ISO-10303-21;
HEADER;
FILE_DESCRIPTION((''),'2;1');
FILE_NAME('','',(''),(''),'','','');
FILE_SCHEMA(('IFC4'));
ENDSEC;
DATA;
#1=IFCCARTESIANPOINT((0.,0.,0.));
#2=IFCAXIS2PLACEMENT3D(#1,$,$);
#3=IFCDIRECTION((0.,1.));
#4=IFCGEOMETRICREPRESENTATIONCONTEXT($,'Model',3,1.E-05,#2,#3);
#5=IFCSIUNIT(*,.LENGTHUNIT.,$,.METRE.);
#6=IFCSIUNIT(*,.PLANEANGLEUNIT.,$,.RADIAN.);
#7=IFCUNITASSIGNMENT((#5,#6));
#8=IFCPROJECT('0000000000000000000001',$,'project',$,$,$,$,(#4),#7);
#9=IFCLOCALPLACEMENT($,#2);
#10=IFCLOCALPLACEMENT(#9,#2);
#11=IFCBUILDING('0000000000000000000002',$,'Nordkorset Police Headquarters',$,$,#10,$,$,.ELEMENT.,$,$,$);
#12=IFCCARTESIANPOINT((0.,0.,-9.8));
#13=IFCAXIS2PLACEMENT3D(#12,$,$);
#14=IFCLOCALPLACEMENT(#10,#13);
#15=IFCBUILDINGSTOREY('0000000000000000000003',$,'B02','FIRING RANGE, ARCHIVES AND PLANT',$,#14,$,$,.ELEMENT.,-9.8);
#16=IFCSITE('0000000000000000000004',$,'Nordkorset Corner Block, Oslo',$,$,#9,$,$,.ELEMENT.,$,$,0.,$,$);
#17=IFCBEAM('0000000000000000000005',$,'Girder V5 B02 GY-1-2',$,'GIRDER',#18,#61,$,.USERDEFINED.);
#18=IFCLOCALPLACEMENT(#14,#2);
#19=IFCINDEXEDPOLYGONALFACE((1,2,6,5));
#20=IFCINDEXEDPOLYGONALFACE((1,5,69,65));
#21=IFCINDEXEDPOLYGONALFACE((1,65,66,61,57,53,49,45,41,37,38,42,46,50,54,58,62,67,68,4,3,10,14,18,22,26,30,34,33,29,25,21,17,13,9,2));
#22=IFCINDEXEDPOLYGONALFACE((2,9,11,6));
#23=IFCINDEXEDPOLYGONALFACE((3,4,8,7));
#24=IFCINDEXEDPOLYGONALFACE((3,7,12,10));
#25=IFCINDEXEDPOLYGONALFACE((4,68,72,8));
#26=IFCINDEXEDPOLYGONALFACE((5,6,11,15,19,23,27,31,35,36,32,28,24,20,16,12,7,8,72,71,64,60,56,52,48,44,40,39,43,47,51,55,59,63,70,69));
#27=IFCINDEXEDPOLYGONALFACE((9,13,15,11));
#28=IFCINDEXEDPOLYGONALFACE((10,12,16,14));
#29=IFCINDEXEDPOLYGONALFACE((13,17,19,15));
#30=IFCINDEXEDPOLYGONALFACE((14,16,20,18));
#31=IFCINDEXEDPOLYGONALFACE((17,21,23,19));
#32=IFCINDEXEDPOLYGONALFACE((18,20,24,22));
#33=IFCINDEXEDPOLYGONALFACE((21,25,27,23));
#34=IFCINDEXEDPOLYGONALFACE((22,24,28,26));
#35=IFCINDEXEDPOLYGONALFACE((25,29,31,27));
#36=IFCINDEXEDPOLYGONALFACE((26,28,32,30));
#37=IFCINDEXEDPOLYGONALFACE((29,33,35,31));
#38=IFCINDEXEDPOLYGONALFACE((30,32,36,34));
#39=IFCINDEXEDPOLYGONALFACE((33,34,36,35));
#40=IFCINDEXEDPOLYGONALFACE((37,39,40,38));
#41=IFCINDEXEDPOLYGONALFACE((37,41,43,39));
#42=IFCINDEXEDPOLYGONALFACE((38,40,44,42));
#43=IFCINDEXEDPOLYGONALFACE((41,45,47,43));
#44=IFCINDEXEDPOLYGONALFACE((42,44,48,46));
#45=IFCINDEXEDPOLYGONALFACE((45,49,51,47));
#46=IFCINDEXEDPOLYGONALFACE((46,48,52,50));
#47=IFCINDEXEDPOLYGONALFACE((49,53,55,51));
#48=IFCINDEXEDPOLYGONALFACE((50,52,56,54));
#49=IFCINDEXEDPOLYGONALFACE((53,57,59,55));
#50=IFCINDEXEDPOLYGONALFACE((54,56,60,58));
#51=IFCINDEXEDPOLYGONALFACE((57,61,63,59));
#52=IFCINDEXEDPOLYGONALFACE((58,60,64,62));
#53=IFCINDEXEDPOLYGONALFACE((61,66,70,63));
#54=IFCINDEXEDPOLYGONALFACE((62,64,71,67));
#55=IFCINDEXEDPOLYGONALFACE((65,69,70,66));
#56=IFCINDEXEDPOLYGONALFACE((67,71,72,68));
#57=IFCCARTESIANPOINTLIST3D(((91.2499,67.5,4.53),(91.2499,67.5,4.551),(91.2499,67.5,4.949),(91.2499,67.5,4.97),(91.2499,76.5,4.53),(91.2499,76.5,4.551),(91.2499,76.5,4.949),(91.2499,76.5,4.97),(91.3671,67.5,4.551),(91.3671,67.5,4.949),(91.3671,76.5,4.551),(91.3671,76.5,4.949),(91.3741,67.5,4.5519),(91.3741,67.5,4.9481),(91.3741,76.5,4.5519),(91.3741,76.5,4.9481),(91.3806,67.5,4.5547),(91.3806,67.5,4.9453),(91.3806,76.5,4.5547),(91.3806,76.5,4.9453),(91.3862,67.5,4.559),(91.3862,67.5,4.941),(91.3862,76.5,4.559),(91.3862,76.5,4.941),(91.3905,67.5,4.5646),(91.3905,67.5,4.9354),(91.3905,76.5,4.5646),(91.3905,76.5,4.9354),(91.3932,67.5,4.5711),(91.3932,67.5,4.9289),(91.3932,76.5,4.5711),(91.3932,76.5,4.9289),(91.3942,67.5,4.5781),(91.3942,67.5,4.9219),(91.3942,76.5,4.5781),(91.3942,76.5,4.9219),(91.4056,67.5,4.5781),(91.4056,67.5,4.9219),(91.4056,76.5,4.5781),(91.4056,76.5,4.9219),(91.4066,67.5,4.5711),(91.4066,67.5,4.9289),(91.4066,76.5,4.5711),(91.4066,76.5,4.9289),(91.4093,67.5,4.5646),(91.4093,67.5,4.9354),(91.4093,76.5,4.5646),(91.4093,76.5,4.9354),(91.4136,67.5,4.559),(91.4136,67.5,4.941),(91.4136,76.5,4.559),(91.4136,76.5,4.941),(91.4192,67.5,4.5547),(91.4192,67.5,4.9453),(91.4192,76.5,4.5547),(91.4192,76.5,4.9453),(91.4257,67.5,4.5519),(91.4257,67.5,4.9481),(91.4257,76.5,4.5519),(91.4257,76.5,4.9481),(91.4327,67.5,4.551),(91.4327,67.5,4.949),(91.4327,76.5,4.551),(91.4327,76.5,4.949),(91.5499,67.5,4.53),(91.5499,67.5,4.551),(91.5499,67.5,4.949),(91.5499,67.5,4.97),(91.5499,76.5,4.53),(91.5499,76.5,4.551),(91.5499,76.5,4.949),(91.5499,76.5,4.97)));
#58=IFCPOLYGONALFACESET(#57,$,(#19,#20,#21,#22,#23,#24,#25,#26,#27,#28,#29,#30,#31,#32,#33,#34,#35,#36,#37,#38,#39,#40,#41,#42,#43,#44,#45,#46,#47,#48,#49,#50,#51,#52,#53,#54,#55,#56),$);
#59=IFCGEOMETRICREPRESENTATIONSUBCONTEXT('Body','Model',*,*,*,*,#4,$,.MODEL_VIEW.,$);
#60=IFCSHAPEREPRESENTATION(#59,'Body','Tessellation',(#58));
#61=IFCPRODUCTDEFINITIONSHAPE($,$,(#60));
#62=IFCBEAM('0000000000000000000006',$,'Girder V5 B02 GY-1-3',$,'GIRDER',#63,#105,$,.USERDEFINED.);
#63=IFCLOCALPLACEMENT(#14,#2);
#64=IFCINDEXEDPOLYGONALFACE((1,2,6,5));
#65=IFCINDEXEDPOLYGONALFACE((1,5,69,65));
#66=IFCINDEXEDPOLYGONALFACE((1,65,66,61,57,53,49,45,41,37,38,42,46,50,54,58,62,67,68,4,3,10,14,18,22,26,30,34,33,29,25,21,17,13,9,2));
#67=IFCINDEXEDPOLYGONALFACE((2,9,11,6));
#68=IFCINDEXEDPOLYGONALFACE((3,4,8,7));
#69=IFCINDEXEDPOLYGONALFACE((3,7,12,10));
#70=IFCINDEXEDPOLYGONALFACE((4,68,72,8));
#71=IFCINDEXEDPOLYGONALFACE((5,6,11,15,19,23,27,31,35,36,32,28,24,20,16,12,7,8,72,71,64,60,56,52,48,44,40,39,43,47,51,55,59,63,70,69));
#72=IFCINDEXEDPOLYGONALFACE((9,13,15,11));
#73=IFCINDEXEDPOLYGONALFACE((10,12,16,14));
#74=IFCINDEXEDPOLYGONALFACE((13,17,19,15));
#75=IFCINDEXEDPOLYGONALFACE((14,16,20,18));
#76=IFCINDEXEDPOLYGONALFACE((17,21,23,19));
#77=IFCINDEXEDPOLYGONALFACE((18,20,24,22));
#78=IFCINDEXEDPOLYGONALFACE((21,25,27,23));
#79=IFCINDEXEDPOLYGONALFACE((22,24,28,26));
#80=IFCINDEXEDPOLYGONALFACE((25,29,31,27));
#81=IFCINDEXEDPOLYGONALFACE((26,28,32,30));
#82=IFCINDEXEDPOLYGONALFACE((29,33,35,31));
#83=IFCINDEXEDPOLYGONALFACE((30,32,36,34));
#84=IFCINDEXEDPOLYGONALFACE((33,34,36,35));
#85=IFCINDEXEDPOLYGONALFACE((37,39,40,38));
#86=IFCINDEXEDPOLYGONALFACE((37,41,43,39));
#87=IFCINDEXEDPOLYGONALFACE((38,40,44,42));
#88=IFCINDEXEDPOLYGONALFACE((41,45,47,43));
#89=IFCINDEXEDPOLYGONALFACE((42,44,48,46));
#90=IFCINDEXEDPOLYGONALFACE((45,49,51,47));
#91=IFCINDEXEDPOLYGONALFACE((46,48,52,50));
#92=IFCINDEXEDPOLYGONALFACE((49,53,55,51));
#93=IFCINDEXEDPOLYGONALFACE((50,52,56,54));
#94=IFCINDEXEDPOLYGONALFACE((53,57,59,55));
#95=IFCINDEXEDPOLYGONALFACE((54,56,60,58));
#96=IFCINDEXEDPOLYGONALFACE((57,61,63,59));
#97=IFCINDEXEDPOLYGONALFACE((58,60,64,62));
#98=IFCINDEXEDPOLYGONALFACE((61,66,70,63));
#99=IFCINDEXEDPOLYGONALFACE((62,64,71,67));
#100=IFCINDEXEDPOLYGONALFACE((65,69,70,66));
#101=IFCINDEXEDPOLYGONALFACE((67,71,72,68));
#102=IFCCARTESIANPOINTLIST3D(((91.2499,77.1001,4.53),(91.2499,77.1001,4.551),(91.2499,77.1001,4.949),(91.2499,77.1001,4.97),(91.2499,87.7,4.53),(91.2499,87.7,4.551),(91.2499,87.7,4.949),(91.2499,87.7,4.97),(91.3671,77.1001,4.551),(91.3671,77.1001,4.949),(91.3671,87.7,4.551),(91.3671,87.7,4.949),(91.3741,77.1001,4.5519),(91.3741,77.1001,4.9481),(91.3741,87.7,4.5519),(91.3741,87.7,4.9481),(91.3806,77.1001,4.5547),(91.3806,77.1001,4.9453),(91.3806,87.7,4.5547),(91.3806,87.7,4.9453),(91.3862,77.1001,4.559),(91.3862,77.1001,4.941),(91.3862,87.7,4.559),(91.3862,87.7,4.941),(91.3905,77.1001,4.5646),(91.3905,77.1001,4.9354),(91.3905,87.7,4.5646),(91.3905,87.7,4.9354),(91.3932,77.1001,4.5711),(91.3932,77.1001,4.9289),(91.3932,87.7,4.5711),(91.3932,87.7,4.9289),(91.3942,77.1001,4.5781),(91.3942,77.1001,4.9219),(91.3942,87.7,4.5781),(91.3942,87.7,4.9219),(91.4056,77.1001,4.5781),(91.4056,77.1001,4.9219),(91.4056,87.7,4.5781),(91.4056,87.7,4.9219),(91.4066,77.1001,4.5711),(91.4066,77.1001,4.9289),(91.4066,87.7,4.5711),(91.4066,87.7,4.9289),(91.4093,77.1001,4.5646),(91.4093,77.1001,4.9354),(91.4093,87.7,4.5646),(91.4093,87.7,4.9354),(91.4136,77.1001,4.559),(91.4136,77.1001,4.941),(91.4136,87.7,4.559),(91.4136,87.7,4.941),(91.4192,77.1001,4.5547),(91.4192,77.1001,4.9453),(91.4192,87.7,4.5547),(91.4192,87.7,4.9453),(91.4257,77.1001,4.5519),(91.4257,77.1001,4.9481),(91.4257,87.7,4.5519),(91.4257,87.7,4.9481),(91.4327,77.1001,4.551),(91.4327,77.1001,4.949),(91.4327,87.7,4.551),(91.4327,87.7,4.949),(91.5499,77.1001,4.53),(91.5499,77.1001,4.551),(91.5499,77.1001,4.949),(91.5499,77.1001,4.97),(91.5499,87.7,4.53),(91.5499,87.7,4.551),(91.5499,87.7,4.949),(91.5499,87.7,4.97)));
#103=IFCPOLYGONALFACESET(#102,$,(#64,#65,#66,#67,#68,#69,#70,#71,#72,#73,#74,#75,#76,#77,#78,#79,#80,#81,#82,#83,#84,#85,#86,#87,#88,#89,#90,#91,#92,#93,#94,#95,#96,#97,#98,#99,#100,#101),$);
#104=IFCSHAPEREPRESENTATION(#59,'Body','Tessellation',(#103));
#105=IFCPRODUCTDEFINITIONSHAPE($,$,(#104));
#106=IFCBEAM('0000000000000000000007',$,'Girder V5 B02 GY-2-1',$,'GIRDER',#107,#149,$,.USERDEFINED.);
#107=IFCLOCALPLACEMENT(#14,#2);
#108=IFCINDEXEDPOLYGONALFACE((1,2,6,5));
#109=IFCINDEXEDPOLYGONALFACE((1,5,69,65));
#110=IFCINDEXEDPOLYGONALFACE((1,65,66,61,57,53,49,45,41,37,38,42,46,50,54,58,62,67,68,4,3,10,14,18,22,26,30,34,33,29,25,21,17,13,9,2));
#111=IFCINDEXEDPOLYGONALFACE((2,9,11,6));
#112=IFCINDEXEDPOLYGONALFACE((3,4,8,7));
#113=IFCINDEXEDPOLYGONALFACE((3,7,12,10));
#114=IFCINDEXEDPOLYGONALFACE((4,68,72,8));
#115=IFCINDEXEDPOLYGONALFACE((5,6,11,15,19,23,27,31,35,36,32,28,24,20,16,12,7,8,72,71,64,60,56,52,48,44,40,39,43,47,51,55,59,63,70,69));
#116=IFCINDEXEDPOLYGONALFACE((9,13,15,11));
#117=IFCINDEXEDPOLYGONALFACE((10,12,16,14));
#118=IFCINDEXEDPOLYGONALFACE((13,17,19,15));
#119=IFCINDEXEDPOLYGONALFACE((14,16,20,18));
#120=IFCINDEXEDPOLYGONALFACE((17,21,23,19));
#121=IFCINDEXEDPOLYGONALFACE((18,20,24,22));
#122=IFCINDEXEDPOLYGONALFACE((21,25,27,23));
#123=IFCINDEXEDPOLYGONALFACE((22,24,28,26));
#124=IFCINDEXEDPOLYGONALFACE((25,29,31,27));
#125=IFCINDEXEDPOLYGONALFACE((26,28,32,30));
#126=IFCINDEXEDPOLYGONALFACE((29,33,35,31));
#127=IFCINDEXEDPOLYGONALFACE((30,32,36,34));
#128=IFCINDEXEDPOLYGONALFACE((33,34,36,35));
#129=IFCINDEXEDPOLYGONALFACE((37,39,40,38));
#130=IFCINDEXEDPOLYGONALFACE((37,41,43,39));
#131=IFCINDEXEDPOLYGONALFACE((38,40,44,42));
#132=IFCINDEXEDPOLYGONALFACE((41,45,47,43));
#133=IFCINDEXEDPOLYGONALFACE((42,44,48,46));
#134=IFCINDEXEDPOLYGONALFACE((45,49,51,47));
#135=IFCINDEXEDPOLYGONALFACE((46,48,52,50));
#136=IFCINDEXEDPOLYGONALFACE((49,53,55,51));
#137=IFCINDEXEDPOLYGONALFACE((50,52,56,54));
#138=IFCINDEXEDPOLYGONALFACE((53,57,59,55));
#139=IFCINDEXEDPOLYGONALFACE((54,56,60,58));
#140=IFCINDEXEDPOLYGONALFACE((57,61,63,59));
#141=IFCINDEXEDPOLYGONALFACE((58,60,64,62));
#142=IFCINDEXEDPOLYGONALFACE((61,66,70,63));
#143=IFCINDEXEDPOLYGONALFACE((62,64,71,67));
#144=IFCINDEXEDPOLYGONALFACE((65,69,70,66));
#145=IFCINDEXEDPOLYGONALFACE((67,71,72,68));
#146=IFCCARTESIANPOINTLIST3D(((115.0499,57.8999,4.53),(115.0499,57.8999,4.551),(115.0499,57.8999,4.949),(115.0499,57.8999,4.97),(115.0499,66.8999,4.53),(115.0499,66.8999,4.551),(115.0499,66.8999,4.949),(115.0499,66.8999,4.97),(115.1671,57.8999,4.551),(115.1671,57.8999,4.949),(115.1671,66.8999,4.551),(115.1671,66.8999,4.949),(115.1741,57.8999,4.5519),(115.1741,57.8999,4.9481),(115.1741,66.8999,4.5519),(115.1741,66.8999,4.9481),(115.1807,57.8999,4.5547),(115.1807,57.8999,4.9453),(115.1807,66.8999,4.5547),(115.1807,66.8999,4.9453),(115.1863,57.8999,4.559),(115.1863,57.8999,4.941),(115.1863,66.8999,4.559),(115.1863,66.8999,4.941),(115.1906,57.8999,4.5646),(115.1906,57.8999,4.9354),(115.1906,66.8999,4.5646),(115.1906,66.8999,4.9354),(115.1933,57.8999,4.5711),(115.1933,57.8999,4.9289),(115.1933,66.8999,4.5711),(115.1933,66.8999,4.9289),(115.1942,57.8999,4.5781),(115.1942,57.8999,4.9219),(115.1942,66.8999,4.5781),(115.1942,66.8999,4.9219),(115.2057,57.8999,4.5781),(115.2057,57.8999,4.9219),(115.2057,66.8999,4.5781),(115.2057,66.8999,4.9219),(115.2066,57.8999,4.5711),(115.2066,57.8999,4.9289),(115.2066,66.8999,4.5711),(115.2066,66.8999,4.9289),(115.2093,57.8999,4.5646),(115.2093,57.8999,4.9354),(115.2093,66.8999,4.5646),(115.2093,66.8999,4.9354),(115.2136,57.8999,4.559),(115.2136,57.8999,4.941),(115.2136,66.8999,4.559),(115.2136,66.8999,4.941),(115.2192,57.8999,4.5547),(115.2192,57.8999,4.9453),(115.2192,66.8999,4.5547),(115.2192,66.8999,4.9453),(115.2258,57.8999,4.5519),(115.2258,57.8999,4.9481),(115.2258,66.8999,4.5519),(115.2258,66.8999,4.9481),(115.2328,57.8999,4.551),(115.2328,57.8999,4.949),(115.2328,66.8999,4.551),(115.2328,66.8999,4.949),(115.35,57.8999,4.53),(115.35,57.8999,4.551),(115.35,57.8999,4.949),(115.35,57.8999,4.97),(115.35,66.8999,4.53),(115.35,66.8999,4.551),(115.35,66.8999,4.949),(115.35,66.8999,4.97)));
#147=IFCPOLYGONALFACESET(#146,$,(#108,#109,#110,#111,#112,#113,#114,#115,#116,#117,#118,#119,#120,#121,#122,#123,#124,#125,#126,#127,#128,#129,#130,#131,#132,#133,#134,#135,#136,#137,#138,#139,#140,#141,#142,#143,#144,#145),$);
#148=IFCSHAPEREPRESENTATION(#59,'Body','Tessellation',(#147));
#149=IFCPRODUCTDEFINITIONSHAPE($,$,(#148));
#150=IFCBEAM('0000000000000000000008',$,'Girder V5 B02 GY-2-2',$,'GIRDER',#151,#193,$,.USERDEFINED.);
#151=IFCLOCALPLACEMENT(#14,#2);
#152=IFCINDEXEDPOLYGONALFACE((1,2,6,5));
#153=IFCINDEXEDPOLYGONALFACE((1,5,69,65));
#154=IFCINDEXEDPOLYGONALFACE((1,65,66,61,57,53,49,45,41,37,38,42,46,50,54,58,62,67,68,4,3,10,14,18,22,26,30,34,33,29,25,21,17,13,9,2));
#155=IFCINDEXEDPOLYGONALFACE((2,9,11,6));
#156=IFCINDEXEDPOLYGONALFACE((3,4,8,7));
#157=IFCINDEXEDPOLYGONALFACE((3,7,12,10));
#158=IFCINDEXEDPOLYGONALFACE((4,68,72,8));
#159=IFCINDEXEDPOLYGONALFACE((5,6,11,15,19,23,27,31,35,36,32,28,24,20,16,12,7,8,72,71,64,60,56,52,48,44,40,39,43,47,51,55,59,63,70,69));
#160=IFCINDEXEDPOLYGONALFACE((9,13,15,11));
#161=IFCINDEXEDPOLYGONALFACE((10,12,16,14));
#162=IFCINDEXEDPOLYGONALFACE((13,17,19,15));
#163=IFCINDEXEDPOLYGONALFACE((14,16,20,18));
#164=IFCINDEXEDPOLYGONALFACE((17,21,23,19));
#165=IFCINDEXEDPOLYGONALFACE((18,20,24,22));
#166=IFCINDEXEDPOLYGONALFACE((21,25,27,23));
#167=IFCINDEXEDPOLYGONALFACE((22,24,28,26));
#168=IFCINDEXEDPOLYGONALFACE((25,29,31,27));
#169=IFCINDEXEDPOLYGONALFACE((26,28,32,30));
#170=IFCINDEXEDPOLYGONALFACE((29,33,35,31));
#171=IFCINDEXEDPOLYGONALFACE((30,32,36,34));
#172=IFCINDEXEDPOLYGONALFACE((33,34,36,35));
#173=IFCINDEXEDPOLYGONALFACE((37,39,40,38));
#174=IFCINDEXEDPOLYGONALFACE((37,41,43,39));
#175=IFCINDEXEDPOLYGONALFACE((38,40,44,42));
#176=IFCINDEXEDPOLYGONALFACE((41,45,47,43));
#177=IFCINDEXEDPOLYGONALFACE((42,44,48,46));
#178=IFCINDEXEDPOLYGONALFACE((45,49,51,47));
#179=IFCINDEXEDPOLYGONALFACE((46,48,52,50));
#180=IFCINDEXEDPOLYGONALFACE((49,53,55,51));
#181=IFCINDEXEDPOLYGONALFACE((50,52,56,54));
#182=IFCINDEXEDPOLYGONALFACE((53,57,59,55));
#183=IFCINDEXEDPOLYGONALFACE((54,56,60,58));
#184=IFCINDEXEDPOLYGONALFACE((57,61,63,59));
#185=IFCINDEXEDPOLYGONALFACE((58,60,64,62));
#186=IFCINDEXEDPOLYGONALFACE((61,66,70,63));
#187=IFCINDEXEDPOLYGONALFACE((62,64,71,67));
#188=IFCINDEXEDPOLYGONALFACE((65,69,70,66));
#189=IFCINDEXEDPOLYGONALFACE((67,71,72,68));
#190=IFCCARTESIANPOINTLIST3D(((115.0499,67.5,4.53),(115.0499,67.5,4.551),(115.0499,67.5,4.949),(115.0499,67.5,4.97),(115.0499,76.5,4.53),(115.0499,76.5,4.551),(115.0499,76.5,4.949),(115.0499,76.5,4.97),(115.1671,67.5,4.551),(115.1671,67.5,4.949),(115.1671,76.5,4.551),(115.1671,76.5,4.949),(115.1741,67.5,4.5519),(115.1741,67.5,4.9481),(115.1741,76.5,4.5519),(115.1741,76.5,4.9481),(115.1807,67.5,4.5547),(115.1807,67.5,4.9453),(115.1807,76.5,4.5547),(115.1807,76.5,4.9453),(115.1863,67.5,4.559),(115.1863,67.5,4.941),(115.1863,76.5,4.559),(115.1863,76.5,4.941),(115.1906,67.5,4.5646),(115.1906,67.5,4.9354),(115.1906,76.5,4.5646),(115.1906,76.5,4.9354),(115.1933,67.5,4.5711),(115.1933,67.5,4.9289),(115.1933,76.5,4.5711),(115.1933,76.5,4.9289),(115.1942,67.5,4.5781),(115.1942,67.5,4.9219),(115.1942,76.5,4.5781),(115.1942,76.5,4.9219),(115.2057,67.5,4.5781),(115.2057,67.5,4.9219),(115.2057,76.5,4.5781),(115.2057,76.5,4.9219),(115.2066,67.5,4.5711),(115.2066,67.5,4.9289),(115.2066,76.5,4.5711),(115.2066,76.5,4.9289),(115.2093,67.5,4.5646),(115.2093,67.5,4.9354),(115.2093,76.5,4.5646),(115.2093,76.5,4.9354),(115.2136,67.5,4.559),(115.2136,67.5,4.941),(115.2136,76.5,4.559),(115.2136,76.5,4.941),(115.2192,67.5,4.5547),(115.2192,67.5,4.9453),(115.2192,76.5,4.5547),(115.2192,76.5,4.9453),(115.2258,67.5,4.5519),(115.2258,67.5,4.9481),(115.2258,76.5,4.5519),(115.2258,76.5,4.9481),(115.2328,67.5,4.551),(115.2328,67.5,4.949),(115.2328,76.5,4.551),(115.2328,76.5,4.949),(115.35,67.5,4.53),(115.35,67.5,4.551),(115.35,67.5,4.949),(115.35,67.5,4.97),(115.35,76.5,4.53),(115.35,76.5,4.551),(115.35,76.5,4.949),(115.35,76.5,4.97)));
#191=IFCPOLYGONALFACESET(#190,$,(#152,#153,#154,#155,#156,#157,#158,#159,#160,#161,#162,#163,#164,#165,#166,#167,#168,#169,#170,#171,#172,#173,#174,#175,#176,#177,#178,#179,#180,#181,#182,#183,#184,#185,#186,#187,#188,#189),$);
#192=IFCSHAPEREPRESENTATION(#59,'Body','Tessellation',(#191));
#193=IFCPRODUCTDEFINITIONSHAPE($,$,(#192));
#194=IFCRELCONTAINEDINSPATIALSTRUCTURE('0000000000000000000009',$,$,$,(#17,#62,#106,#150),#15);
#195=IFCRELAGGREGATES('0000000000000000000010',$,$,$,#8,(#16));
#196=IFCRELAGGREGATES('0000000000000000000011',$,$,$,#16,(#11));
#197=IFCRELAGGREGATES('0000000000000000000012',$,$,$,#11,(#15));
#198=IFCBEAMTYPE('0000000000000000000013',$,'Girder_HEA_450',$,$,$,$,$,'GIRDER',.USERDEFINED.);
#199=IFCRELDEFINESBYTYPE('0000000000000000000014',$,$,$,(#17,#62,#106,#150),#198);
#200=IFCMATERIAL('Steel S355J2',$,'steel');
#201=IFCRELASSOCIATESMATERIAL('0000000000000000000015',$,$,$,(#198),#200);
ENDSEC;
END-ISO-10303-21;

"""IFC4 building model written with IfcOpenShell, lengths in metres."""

from ifc_helpers import new_model, si_unit, direction, frame, origin, origin_2d, place, context, subcontext, project, spatial, i_section, extrude, material, material_profile, profile_set, type_object, element, save


model = new_model("IFC4")

# Units and contexts
model_context = context("Model", 3, precision=1e-05, world=origin(), true_north=direction((0.0, 1.0)))
body_context = subcontext(model_context, "Body", "Model", "MODEL_VIEW")
ifc_project = project(units=[si_unit("LENGTHUNIT", "METRE"), si_unit("PLANEANGLEUNIT", "RADIAN")], contexts=[model_context])

# Site, building, storey
site_placement = place(None, origin())
site = spatial("IfcSite", under=ifc_project, at=site_placement, Name="Nordkorset Corner Block, Oslo", CompositionType="ELEMENT", RefElevation=0.0)
building_placement = place(site_placement, origin())
building = spatial("IfcBuilding", under=site, at=building_placement, Name="Nordkorset Police Headquarters", CompositionType="ELEMENT")
storey_placement = place(building_placement, frame((0.0, 0.0, -9.8)))
storey = spatial("IfcBuildingStorey", under=building, at=storey_placement, Name="B02", Description="FIRING RANGE, ARCHIVES AND PLANT", CompositionType="ELEMENT", Elevation=-9.8)

# Beams
ifc_material_1 = material(Name="Steel S355J2", Category="steel")
ifc_material_profile_1 = material_profile(ifc_material_1, i_section(OverallWidth=0.3, OverallDepth=0.4399, WebThickness=0.0115, FlangeThickness=0.021, FilletRadius=0.0271, at=origin_2d()), Name="HEA 450")
ifc_profile_set_1 = profile_set([ifc_material_profile_1], Name="Steel S355J2")
beam_type_1 = type_object("IfcBeamType", Name="Girder_HEA_450", ElementType="GIRDER", PredefinedType="USERDEFINED", material=ifc_profile_set_1)
for number, where, z_axis, x_axis, name in (
    (1, (91.3999, 67.5, 4.75), (0.0, 1.0, 0.0), (-1.0, 0.0, 0.0), "Girder V5 B02 GY-1-2"),
):
    element("IfcBeam", number, at=place(storey_placement, frame(where, z_axis=z_axis, x_axis=x_axis)), inside=storey, type_object=beam_type_1, Name=name, ObjectType="GIRDER", PredefinedType="USERDEFINED", context=body_context, shape_type="SweptSolid", body=[
        extrude(i_section(OverallWidth=0.3, OverallDepth=0.4399, WebThickness=0.0115, FlangeThickness=0.021, FilletRadius=0.0271, at=origin_2d()), origin(), (0.0, 0.0, 1.0), 9.0),
    ])
beam_1_placement = place(storey_placement, frame((91.3999, 77.1001, 4.75), z_axis=(0.0, 1.0, 0.0), x_axis=(-1.0, 0.0, 0.0)))
element("IfcBeam", 2, at=beam_1_placement, inside=storey, type_object=beam_type_1, Name="Girder V5 B02 GY-1-3", ObjectType="GIRDER", PredefinedType="USERDEFINED", context=body_context, shape_type="SweptSolid", body=[
    extrude(i_section(OverallWidth=0.3, OverallDepth=0.4399, WebThickness=0.0115, FlangeThickness=0.021, FilletRadius=0.0271, at=origin_2d()), origin(), (0.0, 0.0, 1.0), 10.5999),
])
for number, where, z_axis, x_axis, name in (
    (3, (115.2, 57.8999, 4.75), (0.0, 1.0, 0.0), (-1.0, 0.0, 0.0), "Girder V5 B02 GY-2-1"),
    (4, (115.2, 67.5, 4.75), (0.0, 1.0, 0.0), (-1.0, 0.0, 0.0), "Girder V5 B02 GY-2-2"),
):
    element("IfcBeam", number, at=place(storey_placement, frame(where, z_axis=z_axis, x_axis=x_axis)), inside=storey, type_object=beam_type_1, Name=name, ObjectType="GIRDER", PredefinedType="USERDEFINED", context=body_context, shape_type="SweptSolid", body=[
        extrude(i_section(OverallWidth=0.3, OverallDepth=0.4399, WebThickness=0.0115, FlangeThickness=0.021, FilletRadius=0.0271, at=origin_2d()), origin(), (0.0, 0.0, 1.0), 9.0),
    ])

save(model, "model.ifc")
